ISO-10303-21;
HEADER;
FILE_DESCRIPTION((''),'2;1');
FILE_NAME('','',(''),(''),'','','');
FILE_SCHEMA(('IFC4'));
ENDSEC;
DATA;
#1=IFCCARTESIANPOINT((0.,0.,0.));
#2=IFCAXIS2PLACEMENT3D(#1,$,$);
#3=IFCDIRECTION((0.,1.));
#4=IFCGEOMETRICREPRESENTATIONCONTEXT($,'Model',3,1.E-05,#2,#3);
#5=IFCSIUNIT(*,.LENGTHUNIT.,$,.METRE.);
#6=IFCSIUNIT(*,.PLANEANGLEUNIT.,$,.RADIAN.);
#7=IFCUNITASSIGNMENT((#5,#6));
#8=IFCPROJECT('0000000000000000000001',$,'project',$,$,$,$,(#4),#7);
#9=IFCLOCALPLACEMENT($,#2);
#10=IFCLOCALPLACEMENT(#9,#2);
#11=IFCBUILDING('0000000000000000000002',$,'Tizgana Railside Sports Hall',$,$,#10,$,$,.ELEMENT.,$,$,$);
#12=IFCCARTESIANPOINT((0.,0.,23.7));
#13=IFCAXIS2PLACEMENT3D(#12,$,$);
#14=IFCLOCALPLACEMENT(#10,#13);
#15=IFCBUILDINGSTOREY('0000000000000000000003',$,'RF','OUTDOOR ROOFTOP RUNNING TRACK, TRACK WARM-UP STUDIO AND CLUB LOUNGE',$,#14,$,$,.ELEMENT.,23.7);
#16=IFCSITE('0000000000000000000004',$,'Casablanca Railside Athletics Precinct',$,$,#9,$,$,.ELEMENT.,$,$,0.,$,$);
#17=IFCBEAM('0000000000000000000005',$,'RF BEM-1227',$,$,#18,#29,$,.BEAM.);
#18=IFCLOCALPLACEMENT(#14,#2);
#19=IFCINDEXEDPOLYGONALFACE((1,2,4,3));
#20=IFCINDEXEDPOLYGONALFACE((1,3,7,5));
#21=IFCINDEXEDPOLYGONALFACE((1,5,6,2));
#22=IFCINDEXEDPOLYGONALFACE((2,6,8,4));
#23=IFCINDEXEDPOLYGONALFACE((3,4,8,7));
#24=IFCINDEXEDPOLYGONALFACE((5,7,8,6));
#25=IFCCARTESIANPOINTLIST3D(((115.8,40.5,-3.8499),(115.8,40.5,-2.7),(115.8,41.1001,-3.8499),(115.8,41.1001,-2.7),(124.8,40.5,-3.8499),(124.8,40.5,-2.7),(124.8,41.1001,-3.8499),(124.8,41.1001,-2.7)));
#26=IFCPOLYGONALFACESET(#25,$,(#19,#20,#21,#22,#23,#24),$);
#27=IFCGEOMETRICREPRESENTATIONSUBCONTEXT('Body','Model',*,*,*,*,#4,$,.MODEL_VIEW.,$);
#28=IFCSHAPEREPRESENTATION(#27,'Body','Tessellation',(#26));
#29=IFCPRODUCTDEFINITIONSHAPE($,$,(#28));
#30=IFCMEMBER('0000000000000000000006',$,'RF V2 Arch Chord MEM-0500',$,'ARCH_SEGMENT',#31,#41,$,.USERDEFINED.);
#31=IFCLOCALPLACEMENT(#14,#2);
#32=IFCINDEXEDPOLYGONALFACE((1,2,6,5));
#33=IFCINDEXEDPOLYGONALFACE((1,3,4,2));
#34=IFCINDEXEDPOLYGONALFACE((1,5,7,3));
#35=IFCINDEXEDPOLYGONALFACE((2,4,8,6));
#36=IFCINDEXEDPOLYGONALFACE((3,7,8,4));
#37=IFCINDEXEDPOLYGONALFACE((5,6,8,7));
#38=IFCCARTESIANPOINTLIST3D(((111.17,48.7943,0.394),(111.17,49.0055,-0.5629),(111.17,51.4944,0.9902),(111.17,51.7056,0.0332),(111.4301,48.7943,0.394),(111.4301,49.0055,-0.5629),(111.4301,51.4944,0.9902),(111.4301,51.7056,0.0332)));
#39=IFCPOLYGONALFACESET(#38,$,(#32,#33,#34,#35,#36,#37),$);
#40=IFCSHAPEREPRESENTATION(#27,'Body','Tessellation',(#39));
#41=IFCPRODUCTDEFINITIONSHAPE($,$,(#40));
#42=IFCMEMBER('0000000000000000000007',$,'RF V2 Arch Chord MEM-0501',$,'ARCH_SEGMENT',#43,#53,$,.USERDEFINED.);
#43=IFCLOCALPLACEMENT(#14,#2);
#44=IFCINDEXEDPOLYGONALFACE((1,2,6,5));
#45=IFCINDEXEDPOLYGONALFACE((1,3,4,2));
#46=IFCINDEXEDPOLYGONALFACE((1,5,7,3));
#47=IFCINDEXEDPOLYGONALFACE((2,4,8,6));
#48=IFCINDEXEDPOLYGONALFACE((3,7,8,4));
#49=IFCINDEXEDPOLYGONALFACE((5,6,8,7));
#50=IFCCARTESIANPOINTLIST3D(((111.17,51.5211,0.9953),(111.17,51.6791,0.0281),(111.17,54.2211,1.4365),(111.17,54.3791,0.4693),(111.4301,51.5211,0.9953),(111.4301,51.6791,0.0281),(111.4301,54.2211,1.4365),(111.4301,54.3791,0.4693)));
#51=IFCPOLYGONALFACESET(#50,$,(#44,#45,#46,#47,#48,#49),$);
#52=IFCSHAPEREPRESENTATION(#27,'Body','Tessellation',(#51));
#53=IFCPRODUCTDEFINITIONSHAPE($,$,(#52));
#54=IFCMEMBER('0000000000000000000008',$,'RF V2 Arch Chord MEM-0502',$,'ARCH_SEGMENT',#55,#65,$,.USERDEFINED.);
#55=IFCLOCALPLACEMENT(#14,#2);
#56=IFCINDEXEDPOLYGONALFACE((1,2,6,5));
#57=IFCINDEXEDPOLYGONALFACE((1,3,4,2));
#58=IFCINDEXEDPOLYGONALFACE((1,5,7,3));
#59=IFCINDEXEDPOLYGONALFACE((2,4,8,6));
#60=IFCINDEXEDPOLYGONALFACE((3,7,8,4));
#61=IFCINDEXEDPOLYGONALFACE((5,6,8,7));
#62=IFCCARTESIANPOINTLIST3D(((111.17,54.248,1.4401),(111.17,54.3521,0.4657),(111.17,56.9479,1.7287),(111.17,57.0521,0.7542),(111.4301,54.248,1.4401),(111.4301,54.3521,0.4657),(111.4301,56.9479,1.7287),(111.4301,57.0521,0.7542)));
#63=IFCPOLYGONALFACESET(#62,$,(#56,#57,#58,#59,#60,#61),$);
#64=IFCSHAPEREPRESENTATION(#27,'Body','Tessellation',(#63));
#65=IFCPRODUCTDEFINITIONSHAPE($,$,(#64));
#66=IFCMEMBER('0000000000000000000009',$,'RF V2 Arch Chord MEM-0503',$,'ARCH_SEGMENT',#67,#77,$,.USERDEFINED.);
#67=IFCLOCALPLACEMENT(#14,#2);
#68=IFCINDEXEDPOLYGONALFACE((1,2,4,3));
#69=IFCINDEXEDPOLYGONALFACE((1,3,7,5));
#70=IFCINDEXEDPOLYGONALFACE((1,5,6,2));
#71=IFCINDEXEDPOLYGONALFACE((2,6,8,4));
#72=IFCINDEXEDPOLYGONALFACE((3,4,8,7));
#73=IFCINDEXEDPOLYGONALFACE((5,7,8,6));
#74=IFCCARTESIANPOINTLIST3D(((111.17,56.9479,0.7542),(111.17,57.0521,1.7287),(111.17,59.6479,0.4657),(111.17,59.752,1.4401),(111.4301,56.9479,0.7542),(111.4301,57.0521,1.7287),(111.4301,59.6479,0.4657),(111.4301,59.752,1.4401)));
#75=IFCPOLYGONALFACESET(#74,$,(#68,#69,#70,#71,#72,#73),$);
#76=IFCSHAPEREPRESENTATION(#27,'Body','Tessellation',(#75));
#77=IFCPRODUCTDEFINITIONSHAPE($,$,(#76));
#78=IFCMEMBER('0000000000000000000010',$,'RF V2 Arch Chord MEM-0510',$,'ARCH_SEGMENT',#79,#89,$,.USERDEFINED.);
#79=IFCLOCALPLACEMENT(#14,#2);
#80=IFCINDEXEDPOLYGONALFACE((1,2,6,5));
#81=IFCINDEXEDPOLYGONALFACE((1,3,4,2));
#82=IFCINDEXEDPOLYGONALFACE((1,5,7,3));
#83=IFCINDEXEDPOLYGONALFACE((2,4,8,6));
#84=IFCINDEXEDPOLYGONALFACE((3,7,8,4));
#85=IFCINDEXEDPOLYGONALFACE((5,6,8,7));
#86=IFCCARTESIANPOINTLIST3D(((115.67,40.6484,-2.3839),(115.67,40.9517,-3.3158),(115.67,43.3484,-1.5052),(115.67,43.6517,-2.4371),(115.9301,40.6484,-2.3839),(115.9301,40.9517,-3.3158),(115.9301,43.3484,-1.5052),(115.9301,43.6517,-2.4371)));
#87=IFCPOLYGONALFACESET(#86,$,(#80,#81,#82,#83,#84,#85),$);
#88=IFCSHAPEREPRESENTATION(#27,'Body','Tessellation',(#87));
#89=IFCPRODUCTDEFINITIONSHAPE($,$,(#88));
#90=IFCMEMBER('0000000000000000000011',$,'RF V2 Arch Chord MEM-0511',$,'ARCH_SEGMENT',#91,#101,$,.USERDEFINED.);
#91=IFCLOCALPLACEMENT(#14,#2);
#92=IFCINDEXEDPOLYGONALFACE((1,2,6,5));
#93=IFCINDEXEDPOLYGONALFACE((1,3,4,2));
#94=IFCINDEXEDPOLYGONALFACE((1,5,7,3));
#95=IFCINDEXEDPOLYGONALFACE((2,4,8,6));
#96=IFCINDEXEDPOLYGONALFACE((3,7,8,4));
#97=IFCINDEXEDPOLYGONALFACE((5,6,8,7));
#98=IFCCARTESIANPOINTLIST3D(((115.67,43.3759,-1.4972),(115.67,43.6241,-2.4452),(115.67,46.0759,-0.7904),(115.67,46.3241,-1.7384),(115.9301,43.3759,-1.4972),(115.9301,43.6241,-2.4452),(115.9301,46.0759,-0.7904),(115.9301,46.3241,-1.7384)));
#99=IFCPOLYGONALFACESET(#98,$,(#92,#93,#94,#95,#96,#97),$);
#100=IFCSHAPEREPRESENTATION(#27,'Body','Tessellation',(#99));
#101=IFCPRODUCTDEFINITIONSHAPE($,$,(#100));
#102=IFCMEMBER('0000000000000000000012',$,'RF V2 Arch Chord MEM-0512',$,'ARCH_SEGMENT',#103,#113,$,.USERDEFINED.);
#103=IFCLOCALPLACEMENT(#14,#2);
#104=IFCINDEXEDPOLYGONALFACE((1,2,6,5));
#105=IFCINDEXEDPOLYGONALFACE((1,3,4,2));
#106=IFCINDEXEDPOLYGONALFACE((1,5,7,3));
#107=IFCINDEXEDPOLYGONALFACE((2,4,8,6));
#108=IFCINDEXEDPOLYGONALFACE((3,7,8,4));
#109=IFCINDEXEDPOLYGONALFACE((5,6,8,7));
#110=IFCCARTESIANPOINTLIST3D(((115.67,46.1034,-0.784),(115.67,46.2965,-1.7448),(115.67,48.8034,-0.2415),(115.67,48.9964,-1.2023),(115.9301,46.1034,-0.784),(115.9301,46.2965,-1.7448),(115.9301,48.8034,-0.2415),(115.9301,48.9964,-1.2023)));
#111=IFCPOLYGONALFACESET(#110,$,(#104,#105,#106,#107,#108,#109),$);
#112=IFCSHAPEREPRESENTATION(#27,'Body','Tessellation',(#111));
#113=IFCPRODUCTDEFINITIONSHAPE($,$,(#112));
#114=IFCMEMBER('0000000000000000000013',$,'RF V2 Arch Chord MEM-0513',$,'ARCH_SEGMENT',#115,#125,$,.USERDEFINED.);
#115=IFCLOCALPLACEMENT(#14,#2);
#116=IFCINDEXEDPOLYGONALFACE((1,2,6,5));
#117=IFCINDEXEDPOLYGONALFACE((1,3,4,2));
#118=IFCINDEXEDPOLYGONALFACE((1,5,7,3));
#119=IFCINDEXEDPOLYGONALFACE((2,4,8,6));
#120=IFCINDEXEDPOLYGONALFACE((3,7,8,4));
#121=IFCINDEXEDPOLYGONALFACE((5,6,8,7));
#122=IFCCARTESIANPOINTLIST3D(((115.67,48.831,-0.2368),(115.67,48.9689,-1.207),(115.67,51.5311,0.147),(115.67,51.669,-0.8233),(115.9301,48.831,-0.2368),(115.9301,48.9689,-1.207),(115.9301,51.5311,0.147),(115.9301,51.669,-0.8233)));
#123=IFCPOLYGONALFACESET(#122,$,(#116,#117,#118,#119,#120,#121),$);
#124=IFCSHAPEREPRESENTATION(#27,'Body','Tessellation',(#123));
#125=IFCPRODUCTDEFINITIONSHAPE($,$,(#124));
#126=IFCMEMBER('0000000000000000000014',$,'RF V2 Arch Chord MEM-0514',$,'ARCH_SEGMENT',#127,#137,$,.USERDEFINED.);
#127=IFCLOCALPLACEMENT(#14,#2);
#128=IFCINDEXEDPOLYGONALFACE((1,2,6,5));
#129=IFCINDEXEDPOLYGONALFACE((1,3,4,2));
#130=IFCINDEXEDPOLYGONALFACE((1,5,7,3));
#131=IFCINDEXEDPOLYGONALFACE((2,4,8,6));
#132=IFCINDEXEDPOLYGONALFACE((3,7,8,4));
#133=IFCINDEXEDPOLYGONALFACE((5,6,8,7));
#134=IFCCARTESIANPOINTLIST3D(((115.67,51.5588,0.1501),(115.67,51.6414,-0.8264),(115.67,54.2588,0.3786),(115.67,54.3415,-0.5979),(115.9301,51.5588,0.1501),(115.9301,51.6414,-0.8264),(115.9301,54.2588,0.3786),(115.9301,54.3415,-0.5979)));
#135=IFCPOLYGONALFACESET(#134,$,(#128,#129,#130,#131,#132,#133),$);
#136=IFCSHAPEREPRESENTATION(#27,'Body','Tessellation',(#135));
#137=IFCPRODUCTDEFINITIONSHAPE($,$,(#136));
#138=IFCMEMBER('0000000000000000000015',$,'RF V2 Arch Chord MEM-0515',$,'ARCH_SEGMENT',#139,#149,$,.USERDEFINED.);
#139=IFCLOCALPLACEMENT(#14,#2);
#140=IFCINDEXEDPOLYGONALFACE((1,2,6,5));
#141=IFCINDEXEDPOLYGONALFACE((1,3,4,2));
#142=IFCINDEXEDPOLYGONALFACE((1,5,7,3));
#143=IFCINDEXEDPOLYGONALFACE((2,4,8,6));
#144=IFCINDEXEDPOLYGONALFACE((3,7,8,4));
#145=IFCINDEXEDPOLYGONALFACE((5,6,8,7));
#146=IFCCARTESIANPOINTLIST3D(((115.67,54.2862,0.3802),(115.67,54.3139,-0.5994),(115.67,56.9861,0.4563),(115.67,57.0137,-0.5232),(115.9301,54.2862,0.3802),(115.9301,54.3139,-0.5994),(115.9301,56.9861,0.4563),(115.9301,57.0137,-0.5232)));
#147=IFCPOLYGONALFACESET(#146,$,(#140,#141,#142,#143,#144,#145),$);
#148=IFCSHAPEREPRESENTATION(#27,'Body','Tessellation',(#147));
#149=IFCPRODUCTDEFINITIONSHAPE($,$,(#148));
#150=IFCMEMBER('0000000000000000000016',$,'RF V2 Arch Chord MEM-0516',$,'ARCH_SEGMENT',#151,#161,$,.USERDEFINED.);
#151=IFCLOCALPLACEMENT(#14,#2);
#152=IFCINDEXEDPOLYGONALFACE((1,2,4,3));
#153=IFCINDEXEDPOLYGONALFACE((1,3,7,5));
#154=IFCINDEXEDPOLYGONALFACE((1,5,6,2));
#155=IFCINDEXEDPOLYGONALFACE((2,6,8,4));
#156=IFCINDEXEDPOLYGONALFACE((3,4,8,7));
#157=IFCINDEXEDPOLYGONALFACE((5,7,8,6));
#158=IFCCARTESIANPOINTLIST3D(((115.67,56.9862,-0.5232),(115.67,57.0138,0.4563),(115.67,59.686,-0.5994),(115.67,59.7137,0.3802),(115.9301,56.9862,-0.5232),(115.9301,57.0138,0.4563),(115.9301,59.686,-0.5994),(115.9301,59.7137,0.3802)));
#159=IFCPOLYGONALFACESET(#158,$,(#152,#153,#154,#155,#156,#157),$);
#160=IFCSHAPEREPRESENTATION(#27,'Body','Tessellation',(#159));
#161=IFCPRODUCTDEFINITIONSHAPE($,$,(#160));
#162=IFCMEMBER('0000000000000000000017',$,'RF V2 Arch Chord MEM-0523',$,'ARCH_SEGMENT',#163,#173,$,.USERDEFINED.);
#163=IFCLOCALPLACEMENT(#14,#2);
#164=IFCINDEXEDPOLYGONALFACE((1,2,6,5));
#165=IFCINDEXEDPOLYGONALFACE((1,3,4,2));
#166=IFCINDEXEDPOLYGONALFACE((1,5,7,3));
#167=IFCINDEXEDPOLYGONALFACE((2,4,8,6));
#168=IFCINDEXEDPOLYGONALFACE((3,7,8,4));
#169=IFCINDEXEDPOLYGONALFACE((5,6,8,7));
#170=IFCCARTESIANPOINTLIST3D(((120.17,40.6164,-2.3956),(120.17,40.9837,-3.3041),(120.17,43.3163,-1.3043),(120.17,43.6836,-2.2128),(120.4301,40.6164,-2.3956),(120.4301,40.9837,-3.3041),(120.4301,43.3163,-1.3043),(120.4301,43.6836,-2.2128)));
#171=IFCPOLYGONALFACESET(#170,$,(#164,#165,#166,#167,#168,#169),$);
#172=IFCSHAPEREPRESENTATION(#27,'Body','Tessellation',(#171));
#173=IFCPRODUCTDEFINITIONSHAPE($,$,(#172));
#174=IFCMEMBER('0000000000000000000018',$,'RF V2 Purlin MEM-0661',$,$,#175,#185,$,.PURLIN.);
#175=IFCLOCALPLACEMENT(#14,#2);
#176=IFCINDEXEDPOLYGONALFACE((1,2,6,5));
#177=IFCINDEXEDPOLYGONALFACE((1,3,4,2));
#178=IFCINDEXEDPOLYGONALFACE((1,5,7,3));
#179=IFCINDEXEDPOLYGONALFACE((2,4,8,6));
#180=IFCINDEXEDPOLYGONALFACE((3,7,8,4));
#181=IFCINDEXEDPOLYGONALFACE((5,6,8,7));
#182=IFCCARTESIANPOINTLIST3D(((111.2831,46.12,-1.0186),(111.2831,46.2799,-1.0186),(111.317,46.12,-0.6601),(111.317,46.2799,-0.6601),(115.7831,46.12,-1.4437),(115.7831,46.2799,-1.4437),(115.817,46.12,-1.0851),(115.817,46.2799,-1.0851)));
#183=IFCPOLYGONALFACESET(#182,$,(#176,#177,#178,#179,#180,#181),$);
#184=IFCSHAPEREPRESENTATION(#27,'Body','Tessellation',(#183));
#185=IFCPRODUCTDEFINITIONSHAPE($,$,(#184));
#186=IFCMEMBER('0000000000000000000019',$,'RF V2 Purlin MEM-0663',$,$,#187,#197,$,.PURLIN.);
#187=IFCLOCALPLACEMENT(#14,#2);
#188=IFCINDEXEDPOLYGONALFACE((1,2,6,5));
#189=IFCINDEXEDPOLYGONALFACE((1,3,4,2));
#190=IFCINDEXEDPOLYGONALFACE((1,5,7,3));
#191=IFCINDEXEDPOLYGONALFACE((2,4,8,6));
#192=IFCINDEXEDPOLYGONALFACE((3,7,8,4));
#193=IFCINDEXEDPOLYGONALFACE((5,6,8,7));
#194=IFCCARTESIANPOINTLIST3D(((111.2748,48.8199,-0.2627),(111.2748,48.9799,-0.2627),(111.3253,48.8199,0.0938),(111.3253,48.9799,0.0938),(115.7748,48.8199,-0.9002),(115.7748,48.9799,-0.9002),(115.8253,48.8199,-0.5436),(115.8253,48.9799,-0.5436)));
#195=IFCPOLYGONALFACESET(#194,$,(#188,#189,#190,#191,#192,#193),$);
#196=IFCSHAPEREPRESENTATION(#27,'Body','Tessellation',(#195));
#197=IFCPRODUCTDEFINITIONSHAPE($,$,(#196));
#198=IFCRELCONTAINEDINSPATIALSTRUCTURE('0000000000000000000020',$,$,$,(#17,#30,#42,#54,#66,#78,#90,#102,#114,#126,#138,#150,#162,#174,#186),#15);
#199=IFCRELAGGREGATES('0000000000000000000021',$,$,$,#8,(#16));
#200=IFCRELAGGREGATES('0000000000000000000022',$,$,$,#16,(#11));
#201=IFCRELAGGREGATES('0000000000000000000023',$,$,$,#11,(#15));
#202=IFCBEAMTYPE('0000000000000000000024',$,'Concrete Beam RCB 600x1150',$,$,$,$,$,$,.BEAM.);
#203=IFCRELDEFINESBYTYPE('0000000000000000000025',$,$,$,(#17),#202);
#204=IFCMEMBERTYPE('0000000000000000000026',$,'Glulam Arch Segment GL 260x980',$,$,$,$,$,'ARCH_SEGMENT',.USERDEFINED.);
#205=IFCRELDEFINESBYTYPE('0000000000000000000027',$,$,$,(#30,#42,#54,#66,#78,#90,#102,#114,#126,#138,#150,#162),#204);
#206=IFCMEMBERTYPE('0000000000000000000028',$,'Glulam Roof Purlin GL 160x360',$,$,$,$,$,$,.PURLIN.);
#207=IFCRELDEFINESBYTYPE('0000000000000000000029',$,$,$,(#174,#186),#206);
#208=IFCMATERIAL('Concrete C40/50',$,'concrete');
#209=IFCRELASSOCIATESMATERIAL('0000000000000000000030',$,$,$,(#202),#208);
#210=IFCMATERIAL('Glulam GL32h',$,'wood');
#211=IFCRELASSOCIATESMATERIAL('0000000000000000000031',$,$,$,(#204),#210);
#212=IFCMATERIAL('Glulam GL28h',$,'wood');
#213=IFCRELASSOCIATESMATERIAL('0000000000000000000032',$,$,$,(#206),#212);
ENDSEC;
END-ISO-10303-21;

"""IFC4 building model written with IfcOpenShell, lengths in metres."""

from ifc_helpers import new_model, si_unit, direction, frame, origin, origin_2d, place, context, subcontext, project, spatial, rectangle, extrude, material, material_profile, profile_set, type_object, element, save


model = new_model("IFC4")

# Units and contexts
model_context = context("Model", 3, precision=1e-05, world=origin(), true_north=direction((0.0, 1.0)))
body_context = subcontext(model_context, "Body", "Model", "MODEL_VIEW")
ifc_project = project(units=[si_unit("LENGTHUNIT", "METRE"), si_unit("PLANEANGLEUNIT", "RADIAN")], contexts=[model_context])

# Site, building, storey
site_placement = place(None, origin())
site = spatial("IfcSite", under=ifc_project, at=site_placement, Name="Casablanca Railside Athletics Precinct", CompositionType="ELEMENT", RefElevation=0.0)
building_placement = place(site_placement, origin())
building = spatial("IfcBuilding", under=site, at=building_placement, Name="Tizgana Railside Sports Hall", CompositionType="ELEMENT")
storey_placement = place(building_placement, frame((0.0, 0.0, 23.7)))
storey = spatial("IfcBuildingStorey", under=building, at=storey_placement, Name="RF", Description="OUTDOOR ROOFTOP RUNNING TRACK, TRACK WARM-UP STUDIO AND CLUB LOUNGE", CompositionType="ELEMENT", Elevation=23.7)

# Beam
ifc_material_1 = material(Name="Concrete C40/50", Category="concrete")
ifc_material_profile_1 = material_profile(ifc_material_1, rectangle(XDim=0.6001, YDim=1.1499, at=origin_2d()), Name="RCB 600x1150")
ifc_profile_set_1 = profile_set([ifc_material_profile_1], Name="Concrete C40/50")
beam_type = type_object("IfcBeamType", Name="Concrete Beam RCB 600x1150", PredefinedType="BEAM", material=ifc_profile_set_1)
beam_placement = place(storey_placement, frame((115.8, 40.8, -3.2749), z_axis=(1.0, 0.0, 0.0), x_axis=(0.0, 1.0, 0.0)))
element("IfcBeam", 1, at=beam_placement, inside=storey, type_object=beam_type, Name="RF BEM-1227", PredefinedType="BEAM", context=body_context, shape_type="SweptSolid", body=[
    extrude(rectangle(XDim=0.6001, YDim=1.1499, at=origin_2d()), origin(), (0.0, 0.0, 1.0), 9.0),
])

# Members
ifc_material_2 = material(Name="Glulam GL32h", Category="wood")
ifc_material_profile_2 = material_profile(ifc_material_2, rectangle(XDim=0.26, YDim=0.98, at=origin_2d()), Name="GL 260x980")
ifc_profile_set_2 = profile_set([ifc_material_profile_2], Name="Glulam GL32h")
member_type_1 = type_object("IfcMemberType", Name="Glulam Arch Segment GL 260x980", ElementType="ARCH_SEGMENT", PredefinedType="USERDEFINED", material=ifc_profile_set_2)
member_1_placement = place(storey_placement, frame((111.3, 48.8999, -0.0845), z_axis=(0.0, 0.976481, 0.215603), x_axis=(-1.0, 0.0, 0.0)))
element("IfcMember", 2, at=member_1_placement, inside=storey, type_object=member_type_1, Name="RF V2 Arch Chord MEM-0500", ObjectType="ARCH_SEGMENT", PredefinedType="USERDEFINED", context=body_context, shape_type="SweptSolid", body=[
    extrude(rectangle(XDim=0.26, YDim=0.98, at=origin_2d()), origin(), (0.0, 0.0, 1.0), 2.7651),
])
member_2_placement = place(storey_placement, frame((111.3, 51.6001, 0.5117), z_axis=(0.0, 0.986912, 0.161258), x_axis=(-1.0, 0.0, 0.0)))
element("IfcMember", 3, at=member_2_placement, inside=storey, type_object=member_type_1, Name="RF V2 Arch Chord MEM-0501", ObjectType="ARCH_SEGMENT", PredefinedType="USERDEFINED", context=body_context, shape_type="SweptSolid", body=[
    extrude(rectangle(XDim=0.26, YDim=0.98, at=origin_2d()), origin(), (0.0, 0.0, 1.0), 2.7358),
])
for number, where, z_axis, x_axis, name in (
    (4, (111.3, 54.3, 0.9529), (0.0, 0.994337, 0.106276), (-1.0, 0.0, 0.0), "RF V2 Arch Chord MEM-0502"),
    (5, (111.3, 57.0, 1.2415), (0.0, 0.994337, -0.106276), (-1.0, 0.0, 0.0), "RF V2 Arch Chord MEM-0503"),
):
    element("IfcMember", number, at=place(storey_placement, frame(where, z_axis=z_axis, x_axis=x_axis)), inside=storey, type_object=member_type_1, Name=name, ObjectType="ARCH_SEGMENT", PredefinedType="USERDEFINED", context=body_context, shape_type="SweptSolid", body=[
        extrude(rectangle(XDim=0.26, YDim=0.98, at=origin_2d()), origin(), (0.0, 0.0, 1.0), 2.7153),
    ])
member_3_placement = place(storey_placement, frame((115.8, 40.8, -2.8499), z_axis=(0.0, 0.950912, 0.309461), x_axis=(-1.0, 0.0, 0.0)))
element("IfcMember", 6, at=member_3_placement, inside=storey, type_object=member_type_1, Name="RF V2 Arch Chord MEM-0510", ObjectType="ARCH_SEGMENT", PredefinedType="USERDEFINED", context=body_context, shape_type="SweptSolid", body=[
    extrude(rectangle(XDim=0.26, YDim=0.98, at=origin_2d()), origin(), (0.0, 0.0, 1.0), 2.8394),
])
member_4_placement = place(storey_placement, frame((115.8, 43.5, -1.9712), z_axis=(0.0, 0.967402, 0.253244), x_axis=(-1.0, 0.0, 0.0)))
element("IfcMember", 7, at=member_4_placement, inside=storey, type_object=member_type_1, Name="RF V2 Arch Chord MEM-0511", ObjectType="ARCH_SEGMENT", PredefinedType="USERDEFINED", context=body_context, shape_type="SweptSolid", body=[
    extrude(rectangle(XDim=0.26, YDim=0.98, at=origin_2d()), origin(), (0.0, 0.0, 1.0), 2.791),
])
member_5_placement = place(storey_placement, frame((115.8, 46.2, -1.2644), z_axis=(0.0, 0.980406, 0.196986), x_axis=(-1.0, 0.0, 0.0)))
element("IfcMember", 8, at=member_5_placement, inside=storey, type_object=member_type_1, Name="RF V2 Arch Chord MEM-0512", ObjectType="ARCH_SEGMENT", PredefinedType="USERDEFINED", context=body_context, shape_type="SweptSolid", body=[
    extrude(rectangle(XDim=0.26, YDim=0.98, at=origin_2d()), origin(), (0.0, 0.0, 1.0), 2.7539),
])
member_6_placement = place(storey_placement, frame((115.8, 48.8999, -0.7219), z_axis=(0.0, 0.99005, 0.14072), x_axis=(-1.0, 0.0, 0.0)))
element("IfcMember", 9, at=member_6_placement, inside=storey, type_object=member_type_1, Name="RF V2 Arch Chord MEM-0513", ObjectType="ARCH_SEGMENT", PredefinedType="USERDEFINED", context=body_context, shape_type="SweptSolid", body=[
    extrude(rectangle(XDim=0.26, YDim=0.98, at=origin_2d()), origin(), (0.0, 0.0, 1.0), 2.7273),
])
member_7_placement = place(storey_placement, frame((115.8, 51.6001, -0.3381), z_axis=(0.0, 0.996437, 0.084335), x_axis=(-1.0, 0.0, 0.0)))
element("IfcMember", 10, at=member_7_placement, inside=storey, type_object=member_type_1, Name="RF V2 Arch Chord MEM-0514", ObjectType="ARCH_SEGMENT", PredefinedType="USERDEFINED", context=body_context, shape_type="SweptSolid", body=[
    extrude(rectangle(XDim=0.26, YDim=0.98, at=origin_2d()), origin(), (0.0, 0.0, 1.0), 2.7097),
])
for number, where, z_axis, x_axis, name in (
    (11, (115.8, 54.3, -0.1096), (0.0, 0.999602, 0.028201), (-1.0, 0.0, 0.0), "RF V2 Arch Chord MEM-0515"),
    (12, (115.8, 57.0, -0.0334), (0.0, 0.999602, -0.028201), (-1.0, 0.0, 0.0), "RF V2 Arch Chord MEM-0516"),
):
    element("IfcMember", number, at=place(storey_placement, frame(where, z_axis=z_axis, x_axis=x_axis)), inside=storey, type_object=member_type_1, Name=name, ObjectType="ARCH_SEGMENT", PredefinedType="USERDEFINED", context=body_context, shape_type="SweptSolid", body=[
        extrude(rectangle(XDim=0.26, YDim=0.98, at=origin_2d()), origin(), (0.0, 0.0, 1.0), 2.7009),
    ])
member_8_placement = place(storey_placement, frame((120.3, 40.8, -2.8499), z_axis=(0.0, 0.927129, 0.374742), x_axis=(-1.0, 0.0, 0.0)))
element("IfcMember", 13, at=member_8_placement, inside=storey, type_object=member_type_1, Name="RF V2 Arch Chord MEM-0523", ObjectType="ARCH_SEGMENT", PredefinedType="USERDEFINED", context=body_context, shape_type="SweptSolid", body=[
    extrude(rectangle(XDim=0.26, YDim=0.98, at=origin_2d()), origin(), (0.0, 0.0, 1.0), 2.9121),
])
ifc_material_3 = material(Name="Glulam GL28h", Category="wood")
ifc_material_profile_3 = material_profile(ifc_material_3, rectangle(XDim=0.1599, YDim=0.3601, at=origin_2d()), Name="GL 160x360")
ifc_profile_set_3 = profile_set([ifc_material_profile_3], Name="Glulam GL28h")
member_type_2 = type_object("IfcMemberType", Name="Glulam Roof Purlin GL 160x360", PredefinedType="PURLIN", material=ifc_profile_set_3)
member_9_placement = place(storey_placement, frame((111.3, 46.2, -0.8394), z_axis=(0.995569, 0.0, -0.094037), x_axis=(0.0, 1.0, 0.0)))
element("IfcMember", 14, at=member_9_placement, inside=storey, type_object=member_type_2, Name="RF V2 Purlin MEM-0661", PredefinedType="PURLIN", context=body_context, shape_type="SweptSolid", body=[
    extrude(rectangle(XDim=0.1599, YDim=0.3601, at=origin_2d()), origin(), (0.0, 0.0, 1.0), 4.52),
])
member_10_placement = place(storey_placement, frame((111.3, 48.8999, -0.0845), z_axis=(0.990115, 0.0, -0.140256), x_axis=(0.0, 1.0, 0.0)))
element("IfcMember", 15, at=member_10_placement, inside=storey, type_object=member_type_2, Name="RF V2 Purlin MEM-0663", PredefinedType="PURLIN", context=body_context, shape_type="SweptSolid", body=[
    extrude(rectangle(XDim=0.1599, YDim=0.3601, at=origin_2d()), origin(), (0.0, 0.0, 1.0), 4.5449),
])

save(model, "model.ifc")
